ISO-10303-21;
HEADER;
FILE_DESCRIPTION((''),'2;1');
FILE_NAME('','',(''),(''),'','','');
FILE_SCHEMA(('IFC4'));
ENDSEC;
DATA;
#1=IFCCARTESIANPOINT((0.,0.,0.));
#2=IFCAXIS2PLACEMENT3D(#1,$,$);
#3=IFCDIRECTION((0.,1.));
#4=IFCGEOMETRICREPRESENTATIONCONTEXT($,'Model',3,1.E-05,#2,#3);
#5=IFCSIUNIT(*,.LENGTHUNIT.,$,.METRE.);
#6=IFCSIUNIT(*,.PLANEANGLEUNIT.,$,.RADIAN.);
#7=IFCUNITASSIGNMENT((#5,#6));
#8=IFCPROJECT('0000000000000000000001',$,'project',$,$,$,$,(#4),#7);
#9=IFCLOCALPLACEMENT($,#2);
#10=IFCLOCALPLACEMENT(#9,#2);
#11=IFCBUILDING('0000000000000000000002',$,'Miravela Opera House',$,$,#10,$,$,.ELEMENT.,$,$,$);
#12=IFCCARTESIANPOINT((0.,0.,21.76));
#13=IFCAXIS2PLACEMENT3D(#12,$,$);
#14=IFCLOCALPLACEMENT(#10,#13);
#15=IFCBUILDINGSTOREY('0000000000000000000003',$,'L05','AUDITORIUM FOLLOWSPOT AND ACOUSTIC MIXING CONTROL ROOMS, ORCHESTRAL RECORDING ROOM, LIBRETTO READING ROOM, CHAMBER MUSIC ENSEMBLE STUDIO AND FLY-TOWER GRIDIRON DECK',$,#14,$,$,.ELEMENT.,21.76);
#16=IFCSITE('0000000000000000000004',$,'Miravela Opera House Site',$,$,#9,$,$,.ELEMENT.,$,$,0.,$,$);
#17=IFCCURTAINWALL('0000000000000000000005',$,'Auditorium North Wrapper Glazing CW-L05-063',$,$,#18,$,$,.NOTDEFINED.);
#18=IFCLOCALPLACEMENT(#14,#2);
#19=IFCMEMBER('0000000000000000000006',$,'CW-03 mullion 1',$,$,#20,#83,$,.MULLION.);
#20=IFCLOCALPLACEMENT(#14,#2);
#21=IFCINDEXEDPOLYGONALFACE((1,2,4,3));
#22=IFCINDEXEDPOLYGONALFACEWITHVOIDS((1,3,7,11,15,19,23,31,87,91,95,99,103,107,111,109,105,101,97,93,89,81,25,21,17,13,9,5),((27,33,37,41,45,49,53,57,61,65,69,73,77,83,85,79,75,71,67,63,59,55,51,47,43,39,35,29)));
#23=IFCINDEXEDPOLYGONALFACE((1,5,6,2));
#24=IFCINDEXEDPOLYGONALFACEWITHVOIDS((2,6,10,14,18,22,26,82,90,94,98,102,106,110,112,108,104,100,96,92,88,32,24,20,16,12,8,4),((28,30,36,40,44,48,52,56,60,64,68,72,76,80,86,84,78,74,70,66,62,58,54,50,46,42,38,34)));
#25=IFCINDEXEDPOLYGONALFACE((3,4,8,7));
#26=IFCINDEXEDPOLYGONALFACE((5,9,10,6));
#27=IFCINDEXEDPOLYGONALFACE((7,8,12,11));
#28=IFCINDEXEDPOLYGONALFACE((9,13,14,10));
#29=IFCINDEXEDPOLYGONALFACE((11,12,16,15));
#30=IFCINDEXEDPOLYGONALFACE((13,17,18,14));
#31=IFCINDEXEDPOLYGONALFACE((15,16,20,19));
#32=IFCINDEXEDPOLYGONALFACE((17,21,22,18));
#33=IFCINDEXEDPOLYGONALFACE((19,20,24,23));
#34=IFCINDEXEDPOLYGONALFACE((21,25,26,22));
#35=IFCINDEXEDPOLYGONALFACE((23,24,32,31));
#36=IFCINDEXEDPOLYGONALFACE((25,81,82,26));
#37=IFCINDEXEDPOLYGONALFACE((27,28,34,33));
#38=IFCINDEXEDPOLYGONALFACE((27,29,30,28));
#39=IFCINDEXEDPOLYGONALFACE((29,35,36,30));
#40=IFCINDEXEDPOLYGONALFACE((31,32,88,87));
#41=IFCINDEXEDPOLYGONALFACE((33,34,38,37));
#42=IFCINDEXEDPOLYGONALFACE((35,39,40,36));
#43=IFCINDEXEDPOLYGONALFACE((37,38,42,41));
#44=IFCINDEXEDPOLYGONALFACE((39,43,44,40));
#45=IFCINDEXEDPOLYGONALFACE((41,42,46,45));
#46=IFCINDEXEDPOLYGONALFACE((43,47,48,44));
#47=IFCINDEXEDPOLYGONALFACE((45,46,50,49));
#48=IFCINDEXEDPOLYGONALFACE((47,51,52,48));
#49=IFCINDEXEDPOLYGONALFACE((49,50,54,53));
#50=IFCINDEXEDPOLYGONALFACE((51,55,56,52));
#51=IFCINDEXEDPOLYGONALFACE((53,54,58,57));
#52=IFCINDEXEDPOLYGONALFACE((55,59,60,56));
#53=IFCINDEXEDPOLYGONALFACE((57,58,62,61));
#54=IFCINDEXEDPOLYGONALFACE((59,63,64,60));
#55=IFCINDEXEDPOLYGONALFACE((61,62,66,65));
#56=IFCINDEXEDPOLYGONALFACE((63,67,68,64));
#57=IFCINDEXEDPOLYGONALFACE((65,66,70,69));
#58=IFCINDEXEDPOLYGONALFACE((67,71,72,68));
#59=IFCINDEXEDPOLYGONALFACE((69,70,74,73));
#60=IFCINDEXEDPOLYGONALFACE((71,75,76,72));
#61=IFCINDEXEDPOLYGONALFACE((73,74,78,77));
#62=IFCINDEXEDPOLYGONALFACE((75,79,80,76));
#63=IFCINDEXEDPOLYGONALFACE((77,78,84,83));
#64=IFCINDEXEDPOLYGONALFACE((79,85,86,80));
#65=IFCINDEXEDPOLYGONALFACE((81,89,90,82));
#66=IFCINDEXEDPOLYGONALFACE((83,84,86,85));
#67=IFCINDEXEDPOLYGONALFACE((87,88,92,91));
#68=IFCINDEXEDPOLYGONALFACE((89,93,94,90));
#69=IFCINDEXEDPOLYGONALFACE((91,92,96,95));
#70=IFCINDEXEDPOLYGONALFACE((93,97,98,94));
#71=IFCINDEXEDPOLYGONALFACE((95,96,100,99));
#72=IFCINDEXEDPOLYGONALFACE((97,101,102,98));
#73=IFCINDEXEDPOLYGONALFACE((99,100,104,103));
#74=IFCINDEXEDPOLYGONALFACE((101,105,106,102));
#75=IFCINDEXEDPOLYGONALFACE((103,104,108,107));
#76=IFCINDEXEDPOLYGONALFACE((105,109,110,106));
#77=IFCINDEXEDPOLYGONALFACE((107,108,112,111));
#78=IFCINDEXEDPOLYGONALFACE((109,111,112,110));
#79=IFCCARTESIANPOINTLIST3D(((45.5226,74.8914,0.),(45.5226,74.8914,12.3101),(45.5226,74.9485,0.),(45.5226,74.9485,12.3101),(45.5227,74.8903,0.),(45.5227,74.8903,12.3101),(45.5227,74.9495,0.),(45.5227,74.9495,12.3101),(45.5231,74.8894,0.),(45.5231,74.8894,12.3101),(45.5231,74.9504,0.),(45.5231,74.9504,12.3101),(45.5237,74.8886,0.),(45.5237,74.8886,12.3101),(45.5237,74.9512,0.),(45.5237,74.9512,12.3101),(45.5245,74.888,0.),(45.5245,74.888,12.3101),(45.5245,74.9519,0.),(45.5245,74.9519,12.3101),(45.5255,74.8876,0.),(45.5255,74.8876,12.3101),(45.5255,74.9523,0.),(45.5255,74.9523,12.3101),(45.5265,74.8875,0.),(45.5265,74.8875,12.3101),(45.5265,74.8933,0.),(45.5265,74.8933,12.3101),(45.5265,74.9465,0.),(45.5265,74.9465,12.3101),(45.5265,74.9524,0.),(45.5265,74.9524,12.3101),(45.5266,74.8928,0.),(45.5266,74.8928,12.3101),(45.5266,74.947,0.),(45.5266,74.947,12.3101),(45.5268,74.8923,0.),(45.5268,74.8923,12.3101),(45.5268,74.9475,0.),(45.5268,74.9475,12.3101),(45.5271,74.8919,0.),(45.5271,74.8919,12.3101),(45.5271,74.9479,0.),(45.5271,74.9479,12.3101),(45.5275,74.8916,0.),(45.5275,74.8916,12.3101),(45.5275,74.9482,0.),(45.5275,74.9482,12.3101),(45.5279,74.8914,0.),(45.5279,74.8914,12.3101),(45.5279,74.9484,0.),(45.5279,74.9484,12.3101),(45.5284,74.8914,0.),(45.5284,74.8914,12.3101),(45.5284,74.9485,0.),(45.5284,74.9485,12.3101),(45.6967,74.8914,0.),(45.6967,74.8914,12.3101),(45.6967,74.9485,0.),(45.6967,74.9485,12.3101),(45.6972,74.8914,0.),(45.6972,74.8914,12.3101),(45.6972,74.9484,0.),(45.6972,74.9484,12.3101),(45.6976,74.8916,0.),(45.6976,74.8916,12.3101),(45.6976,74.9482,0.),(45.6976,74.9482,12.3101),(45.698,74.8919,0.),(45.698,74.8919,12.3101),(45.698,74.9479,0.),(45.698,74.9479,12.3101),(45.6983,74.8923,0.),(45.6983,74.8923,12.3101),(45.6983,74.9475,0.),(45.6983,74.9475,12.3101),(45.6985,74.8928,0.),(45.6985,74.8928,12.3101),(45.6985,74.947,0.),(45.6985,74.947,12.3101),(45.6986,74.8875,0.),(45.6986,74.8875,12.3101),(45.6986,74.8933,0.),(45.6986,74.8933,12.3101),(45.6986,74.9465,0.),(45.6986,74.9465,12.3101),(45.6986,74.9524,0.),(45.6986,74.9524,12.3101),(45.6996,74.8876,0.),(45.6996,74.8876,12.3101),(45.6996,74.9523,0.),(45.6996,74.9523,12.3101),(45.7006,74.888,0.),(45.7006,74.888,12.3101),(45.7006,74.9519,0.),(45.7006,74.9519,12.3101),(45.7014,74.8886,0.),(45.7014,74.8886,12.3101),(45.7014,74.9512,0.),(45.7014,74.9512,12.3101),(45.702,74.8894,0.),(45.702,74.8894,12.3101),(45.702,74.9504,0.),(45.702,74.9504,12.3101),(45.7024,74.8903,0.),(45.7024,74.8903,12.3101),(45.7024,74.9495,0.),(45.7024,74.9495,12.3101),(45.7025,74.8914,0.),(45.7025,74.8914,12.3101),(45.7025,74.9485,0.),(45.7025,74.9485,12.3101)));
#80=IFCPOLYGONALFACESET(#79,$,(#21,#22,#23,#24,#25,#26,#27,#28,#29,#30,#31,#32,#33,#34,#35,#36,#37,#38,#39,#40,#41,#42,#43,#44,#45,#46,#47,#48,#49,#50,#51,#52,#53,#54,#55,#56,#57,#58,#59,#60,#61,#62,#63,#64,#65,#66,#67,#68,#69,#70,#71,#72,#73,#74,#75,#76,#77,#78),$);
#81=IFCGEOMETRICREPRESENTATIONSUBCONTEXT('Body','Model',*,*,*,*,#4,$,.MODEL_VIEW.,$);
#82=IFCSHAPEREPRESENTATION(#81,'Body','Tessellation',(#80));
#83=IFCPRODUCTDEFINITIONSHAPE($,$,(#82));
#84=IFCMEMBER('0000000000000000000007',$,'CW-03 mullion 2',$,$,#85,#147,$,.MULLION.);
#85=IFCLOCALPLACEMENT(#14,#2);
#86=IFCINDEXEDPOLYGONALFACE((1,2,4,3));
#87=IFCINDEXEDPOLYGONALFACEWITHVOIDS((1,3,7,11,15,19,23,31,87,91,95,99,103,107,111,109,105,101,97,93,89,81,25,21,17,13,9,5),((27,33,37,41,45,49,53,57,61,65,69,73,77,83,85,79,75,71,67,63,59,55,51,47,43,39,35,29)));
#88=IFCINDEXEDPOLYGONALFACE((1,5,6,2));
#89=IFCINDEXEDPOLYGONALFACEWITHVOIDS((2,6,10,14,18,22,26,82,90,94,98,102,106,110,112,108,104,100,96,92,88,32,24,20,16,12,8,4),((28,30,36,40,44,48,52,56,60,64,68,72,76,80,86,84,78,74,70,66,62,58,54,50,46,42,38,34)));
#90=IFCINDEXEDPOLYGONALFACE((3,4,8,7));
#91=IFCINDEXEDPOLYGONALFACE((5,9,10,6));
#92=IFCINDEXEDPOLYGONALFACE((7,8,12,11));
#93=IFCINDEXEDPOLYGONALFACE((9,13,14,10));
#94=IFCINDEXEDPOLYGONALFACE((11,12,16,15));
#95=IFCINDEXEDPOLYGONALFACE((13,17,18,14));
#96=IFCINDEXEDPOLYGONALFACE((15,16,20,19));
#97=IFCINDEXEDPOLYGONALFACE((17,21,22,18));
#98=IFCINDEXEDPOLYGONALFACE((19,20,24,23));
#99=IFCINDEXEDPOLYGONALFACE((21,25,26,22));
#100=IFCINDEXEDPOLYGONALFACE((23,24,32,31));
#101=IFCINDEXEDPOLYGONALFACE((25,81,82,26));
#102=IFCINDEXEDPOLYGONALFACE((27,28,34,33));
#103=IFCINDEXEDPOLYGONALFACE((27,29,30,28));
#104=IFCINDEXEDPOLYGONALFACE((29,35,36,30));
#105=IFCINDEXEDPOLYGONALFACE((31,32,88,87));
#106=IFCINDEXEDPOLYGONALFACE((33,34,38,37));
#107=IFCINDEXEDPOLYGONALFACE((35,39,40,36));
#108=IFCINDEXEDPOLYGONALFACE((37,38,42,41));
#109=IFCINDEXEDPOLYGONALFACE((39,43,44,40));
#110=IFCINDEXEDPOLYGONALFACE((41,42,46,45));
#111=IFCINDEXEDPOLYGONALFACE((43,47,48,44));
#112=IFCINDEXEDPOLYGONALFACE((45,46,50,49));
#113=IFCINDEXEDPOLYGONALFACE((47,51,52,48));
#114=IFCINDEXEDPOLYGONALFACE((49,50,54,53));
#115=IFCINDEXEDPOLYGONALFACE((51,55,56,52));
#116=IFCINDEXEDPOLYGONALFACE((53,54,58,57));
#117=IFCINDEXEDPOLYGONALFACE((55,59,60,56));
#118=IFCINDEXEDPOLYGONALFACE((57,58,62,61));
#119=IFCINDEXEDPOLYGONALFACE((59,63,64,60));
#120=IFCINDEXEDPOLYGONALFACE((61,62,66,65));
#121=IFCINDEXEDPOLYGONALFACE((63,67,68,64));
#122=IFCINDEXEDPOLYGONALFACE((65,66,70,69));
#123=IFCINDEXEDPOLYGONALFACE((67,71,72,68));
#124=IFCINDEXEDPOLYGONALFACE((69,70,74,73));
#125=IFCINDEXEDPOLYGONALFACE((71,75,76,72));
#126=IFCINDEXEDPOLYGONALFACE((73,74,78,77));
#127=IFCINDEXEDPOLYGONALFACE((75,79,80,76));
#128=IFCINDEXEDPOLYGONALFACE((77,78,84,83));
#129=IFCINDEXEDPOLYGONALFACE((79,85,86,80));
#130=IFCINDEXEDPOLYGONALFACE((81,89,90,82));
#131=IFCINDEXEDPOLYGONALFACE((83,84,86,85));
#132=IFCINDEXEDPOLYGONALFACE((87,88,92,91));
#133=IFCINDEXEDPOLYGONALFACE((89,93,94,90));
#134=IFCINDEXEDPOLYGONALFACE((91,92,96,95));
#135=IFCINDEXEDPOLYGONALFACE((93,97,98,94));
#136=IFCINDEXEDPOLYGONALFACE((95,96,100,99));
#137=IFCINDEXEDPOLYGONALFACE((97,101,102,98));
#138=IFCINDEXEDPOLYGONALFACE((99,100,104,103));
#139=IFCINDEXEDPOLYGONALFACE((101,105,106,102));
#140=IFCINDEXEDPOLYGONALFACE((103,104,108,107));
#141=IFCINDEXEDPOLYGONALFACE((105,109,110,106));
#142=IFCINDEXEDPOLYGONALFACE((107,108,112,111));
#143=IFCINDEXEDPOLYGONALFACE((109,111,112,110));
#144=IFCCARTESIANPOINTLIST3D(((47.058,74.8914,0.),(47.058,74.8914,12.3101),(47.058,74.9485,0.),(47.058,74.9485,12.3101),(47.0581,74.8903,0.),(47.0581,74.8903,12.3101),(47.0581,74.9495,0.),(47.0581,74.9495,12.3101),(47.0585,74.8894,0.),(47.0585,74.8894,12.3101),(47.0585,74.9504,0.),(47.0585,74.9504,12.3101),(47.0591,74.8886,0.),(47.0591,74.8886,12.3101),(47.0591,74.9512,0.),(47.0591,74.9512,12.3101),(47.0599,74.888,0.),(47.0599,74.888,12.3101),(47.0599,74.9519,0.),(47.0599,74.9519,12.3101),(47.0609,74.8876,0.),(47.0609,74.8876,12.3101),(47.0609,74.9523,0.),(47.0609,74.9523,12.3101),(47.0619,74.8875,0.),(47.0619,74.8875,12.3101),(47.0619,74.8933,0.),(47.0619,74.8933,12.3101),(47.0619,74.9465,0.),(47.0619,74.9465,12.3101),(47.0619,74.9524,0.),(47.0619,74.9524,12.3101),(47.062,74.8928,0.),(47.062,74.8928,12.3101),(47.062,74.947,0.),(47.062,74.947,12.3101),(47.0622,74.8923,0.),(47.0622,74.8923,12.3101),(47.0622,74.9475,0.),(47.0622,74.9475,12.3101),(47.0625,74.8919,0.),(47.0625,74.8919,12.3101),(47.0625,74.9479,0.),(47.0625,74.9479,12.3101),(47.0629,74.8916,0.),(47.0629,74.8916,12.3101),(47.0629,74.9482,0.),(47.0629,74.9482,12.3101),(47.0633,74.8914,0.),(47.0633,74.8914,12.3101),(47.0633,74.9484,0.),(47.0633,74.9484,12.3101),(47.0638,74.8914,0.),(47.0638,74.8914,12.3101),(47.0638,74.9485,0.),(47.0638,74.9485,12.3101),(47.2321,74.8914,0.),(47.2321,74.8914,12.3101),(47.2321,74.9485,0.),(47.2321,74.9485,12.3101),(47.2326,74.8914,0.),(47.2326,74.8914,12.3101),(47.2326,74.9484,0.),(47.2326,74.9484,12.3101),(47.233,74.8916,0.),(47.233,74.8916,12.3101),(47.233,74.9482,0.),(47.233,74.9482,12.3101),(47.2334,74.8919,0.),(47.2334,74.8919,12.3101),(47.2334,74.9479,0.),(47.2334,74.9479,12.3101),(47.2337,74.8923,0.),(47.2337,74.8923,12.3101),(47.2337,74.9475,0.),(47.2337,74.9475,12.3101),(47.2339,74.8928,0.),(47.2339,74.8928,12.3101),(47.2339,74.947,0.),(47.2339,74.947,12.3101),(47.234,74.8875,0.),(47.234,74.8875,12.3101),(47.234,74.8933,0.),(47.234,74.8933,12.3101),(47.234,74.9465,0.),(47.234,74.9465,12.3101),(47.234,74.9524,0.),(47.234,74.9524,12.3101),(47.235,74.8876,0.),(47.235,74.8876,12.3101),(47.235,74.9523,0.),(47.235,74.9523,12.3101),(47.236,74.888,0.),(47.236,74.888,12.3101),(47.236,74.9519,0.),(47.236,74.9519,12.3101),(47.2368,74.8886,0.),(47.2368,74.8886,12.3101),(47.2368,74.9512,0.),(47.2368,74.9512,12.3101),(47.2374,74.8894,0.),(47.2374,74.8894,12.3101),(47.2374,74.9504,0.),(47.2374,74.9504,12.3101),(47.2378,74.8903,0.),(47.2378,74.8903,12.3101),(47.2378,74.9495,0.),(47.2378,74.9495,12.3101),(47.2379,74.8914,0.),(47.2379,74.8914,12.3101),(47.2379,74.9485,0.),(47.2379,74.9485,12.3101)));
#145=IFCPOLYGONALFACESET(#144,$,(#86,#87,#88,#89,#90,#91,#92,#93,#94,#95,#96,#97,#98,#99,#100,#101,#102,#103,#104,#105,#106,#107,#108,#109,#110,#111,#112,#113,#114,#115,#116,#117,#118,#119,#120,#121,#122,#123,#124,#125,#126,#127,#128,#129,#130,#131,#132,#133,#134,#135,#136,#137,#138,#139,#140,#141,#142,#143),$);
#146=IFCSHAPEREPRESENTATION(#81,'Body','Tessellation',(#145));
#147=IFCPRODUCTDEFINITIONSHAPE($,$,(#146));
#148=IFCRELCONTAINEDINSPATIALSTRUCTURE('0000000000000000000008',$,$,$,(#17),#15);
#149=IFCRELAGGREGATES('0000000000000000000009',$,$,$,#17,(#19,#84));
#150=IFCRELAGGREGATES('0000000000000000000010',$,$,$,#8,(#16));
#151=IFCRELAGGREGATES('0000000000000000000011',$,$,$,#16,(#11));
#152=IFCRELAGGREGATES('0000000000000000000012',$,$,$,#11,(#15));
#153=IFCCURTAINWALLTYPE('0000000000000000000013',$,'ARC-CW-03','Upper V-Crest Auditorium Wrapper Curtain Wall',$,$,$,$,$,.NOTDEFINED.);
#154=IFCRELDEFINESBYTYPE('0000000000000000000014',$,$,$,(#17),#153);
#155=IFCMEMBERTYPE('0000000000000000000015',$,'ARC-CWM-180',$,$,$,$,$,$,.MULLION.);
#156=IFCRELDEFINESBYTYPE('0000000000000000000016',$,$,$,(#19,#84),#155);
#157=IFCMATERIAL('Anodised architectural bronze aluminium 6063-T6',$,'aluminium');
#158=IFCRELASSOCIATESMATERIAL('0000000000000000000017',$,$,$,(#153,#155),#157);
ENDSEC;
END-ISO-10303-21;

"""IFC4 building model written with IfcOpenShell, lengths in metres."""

from ifc_helpers import new_model, si_unit, direction, frame, origin, origin_2d, place, context, subcontext, project, spatial, hollow_rectangle, extrude, material, material_profile, profile_set, type_object, element, aggregate, save


model = new_model("IFC4")

# Units and contexts
model_context = context("Model", 3, precision=1e-05, world=origin(), true_north=direction((0.0, 1.0)))
body_context = subcontext(model_context, "Body", "Model", "MODEL_VIEW")
ifc_project = project(units=[si_unit("LENGTHUNIT", "METRE"), si_unit("PLANEANGLEUNIT", "RADIAN")], contexts=[model_context])

# Site, building, storey
site_placement = place(None, origin())
site = spatial("IfcSite", under=ifc_project, at=site_placement, Name="Miravela Opera House Site", CompositionType="ELEMENT", RefElevation=0.0)
building_placement = place(site_placement, origin())
building = spatial("IfcBuilding", under=site, at=building_placement, Name="Miravela Opera House", CompositionType="ELEMENT")
storey_placement = place(building_placement, frame((0.0, 0.0, 21.76)))
storey = spatial("IfcBuildingStorey", under=building, at=storey_placement, Name="L05", Description="AUDITORIUM FOLLOWSPOT AND ACOUSTIC MIXING CONTROL ROOMS, ORCHESTRAL RECORDING ROOM, LIBRETTO READING ROOM, CHAMBER MUSIC ENSEMBLE STUDIO AND FLY-TOWER GRIDIRON DECK", CompositionType="ELEMENT", Elevation=21.76)

# Curtain wall, members
ifc_material_1 = material(Name="Anodised architectural bronze aluminium 6063-T6", Category="aluminium")
curtain_wall_type = type_object("IfcCurtainWallType", Name="ARC-CW-03", Description="Upper V-Crest Auditorium Wrapper Curtain Wall", PredefinedType="NOTDEFINED", material=ifc_material_1)
curtain_wall_placement = place(storey_placement, origin())
curtain_wall = element("IfcCurtainWall", 1, at=curtain_wall_placement, inside=storey, type_object=curtain_wall_type, Name="Auditorium North Wrapper Glazing CW-L05-063", PredefinedType="NOTDEFINED")
ifc_material_profile_1 = material_profile(ifc_material_1, hollow_rectangle(XDim=0.0649, YDim=0.1799, WallThickness=0.0039, InnerFilletRadius=0.002, OuterFilletRadius=0.0039, at=origin_2d()), Name="CWM-65X180")
ifc_profile_set_1 = profile_set([ifc_material_profile_1])
member_type_1 = type_object("IfcMemberType", Name="ARC-CWM-180", PredefinedType="MULLION", material=ifc_profile_set_1)
member_1_placement = place(storey_placement, frame((45.6125, 74.9199, 0.0), z_axis=(0.0, 0.0, 1.0), x_axis=(0.0, 1.0, 0.0)))
member_1 = element("IfcMember", 2, at=member_1_placement, type_object=member_type_1, Name="CW-03 mullion 1", PredefinedType="MULLION", context=body_context, shape_type="SweptSolid", body=[
    extrude(hollow_rectangle(XDim=0.0649, YDim=0.1799, WallThickness=0.0039, InnerFilletRadius=0.002, OuterFilletRadius=0.0039, at=origin_2d()), origin(), (0.0, 0.0, 1.0), 12.3101),
])
member_2_placement = place(storey_placement, frame((47.1479, 74.9199, 0.0), z_axis=(0.0, 0.0, 1.0), x_axis=(0.0, 1.0, 0.0)))
member_2 = element("IfcMember", 3, at=member_2_placement, type_object=member_type_1, Name="CW-03 mullion 2", PredefinedType="MULLION", context=body_context, shape_type="SweptSolid", body=[
    extrude(hollow_rectangle(XDim=0.0649, YDim=0.1799, WallThickness=0.0039, InnerFilletRadius=0.002, OuterFilletRadius=0.0039, at=origin_2d()), origin(), (0.0, 0.0, 1.0), 12.3101),
])

aggregate(curtain_wall, [member_1, member_2])

save(model, "model.ifc")
